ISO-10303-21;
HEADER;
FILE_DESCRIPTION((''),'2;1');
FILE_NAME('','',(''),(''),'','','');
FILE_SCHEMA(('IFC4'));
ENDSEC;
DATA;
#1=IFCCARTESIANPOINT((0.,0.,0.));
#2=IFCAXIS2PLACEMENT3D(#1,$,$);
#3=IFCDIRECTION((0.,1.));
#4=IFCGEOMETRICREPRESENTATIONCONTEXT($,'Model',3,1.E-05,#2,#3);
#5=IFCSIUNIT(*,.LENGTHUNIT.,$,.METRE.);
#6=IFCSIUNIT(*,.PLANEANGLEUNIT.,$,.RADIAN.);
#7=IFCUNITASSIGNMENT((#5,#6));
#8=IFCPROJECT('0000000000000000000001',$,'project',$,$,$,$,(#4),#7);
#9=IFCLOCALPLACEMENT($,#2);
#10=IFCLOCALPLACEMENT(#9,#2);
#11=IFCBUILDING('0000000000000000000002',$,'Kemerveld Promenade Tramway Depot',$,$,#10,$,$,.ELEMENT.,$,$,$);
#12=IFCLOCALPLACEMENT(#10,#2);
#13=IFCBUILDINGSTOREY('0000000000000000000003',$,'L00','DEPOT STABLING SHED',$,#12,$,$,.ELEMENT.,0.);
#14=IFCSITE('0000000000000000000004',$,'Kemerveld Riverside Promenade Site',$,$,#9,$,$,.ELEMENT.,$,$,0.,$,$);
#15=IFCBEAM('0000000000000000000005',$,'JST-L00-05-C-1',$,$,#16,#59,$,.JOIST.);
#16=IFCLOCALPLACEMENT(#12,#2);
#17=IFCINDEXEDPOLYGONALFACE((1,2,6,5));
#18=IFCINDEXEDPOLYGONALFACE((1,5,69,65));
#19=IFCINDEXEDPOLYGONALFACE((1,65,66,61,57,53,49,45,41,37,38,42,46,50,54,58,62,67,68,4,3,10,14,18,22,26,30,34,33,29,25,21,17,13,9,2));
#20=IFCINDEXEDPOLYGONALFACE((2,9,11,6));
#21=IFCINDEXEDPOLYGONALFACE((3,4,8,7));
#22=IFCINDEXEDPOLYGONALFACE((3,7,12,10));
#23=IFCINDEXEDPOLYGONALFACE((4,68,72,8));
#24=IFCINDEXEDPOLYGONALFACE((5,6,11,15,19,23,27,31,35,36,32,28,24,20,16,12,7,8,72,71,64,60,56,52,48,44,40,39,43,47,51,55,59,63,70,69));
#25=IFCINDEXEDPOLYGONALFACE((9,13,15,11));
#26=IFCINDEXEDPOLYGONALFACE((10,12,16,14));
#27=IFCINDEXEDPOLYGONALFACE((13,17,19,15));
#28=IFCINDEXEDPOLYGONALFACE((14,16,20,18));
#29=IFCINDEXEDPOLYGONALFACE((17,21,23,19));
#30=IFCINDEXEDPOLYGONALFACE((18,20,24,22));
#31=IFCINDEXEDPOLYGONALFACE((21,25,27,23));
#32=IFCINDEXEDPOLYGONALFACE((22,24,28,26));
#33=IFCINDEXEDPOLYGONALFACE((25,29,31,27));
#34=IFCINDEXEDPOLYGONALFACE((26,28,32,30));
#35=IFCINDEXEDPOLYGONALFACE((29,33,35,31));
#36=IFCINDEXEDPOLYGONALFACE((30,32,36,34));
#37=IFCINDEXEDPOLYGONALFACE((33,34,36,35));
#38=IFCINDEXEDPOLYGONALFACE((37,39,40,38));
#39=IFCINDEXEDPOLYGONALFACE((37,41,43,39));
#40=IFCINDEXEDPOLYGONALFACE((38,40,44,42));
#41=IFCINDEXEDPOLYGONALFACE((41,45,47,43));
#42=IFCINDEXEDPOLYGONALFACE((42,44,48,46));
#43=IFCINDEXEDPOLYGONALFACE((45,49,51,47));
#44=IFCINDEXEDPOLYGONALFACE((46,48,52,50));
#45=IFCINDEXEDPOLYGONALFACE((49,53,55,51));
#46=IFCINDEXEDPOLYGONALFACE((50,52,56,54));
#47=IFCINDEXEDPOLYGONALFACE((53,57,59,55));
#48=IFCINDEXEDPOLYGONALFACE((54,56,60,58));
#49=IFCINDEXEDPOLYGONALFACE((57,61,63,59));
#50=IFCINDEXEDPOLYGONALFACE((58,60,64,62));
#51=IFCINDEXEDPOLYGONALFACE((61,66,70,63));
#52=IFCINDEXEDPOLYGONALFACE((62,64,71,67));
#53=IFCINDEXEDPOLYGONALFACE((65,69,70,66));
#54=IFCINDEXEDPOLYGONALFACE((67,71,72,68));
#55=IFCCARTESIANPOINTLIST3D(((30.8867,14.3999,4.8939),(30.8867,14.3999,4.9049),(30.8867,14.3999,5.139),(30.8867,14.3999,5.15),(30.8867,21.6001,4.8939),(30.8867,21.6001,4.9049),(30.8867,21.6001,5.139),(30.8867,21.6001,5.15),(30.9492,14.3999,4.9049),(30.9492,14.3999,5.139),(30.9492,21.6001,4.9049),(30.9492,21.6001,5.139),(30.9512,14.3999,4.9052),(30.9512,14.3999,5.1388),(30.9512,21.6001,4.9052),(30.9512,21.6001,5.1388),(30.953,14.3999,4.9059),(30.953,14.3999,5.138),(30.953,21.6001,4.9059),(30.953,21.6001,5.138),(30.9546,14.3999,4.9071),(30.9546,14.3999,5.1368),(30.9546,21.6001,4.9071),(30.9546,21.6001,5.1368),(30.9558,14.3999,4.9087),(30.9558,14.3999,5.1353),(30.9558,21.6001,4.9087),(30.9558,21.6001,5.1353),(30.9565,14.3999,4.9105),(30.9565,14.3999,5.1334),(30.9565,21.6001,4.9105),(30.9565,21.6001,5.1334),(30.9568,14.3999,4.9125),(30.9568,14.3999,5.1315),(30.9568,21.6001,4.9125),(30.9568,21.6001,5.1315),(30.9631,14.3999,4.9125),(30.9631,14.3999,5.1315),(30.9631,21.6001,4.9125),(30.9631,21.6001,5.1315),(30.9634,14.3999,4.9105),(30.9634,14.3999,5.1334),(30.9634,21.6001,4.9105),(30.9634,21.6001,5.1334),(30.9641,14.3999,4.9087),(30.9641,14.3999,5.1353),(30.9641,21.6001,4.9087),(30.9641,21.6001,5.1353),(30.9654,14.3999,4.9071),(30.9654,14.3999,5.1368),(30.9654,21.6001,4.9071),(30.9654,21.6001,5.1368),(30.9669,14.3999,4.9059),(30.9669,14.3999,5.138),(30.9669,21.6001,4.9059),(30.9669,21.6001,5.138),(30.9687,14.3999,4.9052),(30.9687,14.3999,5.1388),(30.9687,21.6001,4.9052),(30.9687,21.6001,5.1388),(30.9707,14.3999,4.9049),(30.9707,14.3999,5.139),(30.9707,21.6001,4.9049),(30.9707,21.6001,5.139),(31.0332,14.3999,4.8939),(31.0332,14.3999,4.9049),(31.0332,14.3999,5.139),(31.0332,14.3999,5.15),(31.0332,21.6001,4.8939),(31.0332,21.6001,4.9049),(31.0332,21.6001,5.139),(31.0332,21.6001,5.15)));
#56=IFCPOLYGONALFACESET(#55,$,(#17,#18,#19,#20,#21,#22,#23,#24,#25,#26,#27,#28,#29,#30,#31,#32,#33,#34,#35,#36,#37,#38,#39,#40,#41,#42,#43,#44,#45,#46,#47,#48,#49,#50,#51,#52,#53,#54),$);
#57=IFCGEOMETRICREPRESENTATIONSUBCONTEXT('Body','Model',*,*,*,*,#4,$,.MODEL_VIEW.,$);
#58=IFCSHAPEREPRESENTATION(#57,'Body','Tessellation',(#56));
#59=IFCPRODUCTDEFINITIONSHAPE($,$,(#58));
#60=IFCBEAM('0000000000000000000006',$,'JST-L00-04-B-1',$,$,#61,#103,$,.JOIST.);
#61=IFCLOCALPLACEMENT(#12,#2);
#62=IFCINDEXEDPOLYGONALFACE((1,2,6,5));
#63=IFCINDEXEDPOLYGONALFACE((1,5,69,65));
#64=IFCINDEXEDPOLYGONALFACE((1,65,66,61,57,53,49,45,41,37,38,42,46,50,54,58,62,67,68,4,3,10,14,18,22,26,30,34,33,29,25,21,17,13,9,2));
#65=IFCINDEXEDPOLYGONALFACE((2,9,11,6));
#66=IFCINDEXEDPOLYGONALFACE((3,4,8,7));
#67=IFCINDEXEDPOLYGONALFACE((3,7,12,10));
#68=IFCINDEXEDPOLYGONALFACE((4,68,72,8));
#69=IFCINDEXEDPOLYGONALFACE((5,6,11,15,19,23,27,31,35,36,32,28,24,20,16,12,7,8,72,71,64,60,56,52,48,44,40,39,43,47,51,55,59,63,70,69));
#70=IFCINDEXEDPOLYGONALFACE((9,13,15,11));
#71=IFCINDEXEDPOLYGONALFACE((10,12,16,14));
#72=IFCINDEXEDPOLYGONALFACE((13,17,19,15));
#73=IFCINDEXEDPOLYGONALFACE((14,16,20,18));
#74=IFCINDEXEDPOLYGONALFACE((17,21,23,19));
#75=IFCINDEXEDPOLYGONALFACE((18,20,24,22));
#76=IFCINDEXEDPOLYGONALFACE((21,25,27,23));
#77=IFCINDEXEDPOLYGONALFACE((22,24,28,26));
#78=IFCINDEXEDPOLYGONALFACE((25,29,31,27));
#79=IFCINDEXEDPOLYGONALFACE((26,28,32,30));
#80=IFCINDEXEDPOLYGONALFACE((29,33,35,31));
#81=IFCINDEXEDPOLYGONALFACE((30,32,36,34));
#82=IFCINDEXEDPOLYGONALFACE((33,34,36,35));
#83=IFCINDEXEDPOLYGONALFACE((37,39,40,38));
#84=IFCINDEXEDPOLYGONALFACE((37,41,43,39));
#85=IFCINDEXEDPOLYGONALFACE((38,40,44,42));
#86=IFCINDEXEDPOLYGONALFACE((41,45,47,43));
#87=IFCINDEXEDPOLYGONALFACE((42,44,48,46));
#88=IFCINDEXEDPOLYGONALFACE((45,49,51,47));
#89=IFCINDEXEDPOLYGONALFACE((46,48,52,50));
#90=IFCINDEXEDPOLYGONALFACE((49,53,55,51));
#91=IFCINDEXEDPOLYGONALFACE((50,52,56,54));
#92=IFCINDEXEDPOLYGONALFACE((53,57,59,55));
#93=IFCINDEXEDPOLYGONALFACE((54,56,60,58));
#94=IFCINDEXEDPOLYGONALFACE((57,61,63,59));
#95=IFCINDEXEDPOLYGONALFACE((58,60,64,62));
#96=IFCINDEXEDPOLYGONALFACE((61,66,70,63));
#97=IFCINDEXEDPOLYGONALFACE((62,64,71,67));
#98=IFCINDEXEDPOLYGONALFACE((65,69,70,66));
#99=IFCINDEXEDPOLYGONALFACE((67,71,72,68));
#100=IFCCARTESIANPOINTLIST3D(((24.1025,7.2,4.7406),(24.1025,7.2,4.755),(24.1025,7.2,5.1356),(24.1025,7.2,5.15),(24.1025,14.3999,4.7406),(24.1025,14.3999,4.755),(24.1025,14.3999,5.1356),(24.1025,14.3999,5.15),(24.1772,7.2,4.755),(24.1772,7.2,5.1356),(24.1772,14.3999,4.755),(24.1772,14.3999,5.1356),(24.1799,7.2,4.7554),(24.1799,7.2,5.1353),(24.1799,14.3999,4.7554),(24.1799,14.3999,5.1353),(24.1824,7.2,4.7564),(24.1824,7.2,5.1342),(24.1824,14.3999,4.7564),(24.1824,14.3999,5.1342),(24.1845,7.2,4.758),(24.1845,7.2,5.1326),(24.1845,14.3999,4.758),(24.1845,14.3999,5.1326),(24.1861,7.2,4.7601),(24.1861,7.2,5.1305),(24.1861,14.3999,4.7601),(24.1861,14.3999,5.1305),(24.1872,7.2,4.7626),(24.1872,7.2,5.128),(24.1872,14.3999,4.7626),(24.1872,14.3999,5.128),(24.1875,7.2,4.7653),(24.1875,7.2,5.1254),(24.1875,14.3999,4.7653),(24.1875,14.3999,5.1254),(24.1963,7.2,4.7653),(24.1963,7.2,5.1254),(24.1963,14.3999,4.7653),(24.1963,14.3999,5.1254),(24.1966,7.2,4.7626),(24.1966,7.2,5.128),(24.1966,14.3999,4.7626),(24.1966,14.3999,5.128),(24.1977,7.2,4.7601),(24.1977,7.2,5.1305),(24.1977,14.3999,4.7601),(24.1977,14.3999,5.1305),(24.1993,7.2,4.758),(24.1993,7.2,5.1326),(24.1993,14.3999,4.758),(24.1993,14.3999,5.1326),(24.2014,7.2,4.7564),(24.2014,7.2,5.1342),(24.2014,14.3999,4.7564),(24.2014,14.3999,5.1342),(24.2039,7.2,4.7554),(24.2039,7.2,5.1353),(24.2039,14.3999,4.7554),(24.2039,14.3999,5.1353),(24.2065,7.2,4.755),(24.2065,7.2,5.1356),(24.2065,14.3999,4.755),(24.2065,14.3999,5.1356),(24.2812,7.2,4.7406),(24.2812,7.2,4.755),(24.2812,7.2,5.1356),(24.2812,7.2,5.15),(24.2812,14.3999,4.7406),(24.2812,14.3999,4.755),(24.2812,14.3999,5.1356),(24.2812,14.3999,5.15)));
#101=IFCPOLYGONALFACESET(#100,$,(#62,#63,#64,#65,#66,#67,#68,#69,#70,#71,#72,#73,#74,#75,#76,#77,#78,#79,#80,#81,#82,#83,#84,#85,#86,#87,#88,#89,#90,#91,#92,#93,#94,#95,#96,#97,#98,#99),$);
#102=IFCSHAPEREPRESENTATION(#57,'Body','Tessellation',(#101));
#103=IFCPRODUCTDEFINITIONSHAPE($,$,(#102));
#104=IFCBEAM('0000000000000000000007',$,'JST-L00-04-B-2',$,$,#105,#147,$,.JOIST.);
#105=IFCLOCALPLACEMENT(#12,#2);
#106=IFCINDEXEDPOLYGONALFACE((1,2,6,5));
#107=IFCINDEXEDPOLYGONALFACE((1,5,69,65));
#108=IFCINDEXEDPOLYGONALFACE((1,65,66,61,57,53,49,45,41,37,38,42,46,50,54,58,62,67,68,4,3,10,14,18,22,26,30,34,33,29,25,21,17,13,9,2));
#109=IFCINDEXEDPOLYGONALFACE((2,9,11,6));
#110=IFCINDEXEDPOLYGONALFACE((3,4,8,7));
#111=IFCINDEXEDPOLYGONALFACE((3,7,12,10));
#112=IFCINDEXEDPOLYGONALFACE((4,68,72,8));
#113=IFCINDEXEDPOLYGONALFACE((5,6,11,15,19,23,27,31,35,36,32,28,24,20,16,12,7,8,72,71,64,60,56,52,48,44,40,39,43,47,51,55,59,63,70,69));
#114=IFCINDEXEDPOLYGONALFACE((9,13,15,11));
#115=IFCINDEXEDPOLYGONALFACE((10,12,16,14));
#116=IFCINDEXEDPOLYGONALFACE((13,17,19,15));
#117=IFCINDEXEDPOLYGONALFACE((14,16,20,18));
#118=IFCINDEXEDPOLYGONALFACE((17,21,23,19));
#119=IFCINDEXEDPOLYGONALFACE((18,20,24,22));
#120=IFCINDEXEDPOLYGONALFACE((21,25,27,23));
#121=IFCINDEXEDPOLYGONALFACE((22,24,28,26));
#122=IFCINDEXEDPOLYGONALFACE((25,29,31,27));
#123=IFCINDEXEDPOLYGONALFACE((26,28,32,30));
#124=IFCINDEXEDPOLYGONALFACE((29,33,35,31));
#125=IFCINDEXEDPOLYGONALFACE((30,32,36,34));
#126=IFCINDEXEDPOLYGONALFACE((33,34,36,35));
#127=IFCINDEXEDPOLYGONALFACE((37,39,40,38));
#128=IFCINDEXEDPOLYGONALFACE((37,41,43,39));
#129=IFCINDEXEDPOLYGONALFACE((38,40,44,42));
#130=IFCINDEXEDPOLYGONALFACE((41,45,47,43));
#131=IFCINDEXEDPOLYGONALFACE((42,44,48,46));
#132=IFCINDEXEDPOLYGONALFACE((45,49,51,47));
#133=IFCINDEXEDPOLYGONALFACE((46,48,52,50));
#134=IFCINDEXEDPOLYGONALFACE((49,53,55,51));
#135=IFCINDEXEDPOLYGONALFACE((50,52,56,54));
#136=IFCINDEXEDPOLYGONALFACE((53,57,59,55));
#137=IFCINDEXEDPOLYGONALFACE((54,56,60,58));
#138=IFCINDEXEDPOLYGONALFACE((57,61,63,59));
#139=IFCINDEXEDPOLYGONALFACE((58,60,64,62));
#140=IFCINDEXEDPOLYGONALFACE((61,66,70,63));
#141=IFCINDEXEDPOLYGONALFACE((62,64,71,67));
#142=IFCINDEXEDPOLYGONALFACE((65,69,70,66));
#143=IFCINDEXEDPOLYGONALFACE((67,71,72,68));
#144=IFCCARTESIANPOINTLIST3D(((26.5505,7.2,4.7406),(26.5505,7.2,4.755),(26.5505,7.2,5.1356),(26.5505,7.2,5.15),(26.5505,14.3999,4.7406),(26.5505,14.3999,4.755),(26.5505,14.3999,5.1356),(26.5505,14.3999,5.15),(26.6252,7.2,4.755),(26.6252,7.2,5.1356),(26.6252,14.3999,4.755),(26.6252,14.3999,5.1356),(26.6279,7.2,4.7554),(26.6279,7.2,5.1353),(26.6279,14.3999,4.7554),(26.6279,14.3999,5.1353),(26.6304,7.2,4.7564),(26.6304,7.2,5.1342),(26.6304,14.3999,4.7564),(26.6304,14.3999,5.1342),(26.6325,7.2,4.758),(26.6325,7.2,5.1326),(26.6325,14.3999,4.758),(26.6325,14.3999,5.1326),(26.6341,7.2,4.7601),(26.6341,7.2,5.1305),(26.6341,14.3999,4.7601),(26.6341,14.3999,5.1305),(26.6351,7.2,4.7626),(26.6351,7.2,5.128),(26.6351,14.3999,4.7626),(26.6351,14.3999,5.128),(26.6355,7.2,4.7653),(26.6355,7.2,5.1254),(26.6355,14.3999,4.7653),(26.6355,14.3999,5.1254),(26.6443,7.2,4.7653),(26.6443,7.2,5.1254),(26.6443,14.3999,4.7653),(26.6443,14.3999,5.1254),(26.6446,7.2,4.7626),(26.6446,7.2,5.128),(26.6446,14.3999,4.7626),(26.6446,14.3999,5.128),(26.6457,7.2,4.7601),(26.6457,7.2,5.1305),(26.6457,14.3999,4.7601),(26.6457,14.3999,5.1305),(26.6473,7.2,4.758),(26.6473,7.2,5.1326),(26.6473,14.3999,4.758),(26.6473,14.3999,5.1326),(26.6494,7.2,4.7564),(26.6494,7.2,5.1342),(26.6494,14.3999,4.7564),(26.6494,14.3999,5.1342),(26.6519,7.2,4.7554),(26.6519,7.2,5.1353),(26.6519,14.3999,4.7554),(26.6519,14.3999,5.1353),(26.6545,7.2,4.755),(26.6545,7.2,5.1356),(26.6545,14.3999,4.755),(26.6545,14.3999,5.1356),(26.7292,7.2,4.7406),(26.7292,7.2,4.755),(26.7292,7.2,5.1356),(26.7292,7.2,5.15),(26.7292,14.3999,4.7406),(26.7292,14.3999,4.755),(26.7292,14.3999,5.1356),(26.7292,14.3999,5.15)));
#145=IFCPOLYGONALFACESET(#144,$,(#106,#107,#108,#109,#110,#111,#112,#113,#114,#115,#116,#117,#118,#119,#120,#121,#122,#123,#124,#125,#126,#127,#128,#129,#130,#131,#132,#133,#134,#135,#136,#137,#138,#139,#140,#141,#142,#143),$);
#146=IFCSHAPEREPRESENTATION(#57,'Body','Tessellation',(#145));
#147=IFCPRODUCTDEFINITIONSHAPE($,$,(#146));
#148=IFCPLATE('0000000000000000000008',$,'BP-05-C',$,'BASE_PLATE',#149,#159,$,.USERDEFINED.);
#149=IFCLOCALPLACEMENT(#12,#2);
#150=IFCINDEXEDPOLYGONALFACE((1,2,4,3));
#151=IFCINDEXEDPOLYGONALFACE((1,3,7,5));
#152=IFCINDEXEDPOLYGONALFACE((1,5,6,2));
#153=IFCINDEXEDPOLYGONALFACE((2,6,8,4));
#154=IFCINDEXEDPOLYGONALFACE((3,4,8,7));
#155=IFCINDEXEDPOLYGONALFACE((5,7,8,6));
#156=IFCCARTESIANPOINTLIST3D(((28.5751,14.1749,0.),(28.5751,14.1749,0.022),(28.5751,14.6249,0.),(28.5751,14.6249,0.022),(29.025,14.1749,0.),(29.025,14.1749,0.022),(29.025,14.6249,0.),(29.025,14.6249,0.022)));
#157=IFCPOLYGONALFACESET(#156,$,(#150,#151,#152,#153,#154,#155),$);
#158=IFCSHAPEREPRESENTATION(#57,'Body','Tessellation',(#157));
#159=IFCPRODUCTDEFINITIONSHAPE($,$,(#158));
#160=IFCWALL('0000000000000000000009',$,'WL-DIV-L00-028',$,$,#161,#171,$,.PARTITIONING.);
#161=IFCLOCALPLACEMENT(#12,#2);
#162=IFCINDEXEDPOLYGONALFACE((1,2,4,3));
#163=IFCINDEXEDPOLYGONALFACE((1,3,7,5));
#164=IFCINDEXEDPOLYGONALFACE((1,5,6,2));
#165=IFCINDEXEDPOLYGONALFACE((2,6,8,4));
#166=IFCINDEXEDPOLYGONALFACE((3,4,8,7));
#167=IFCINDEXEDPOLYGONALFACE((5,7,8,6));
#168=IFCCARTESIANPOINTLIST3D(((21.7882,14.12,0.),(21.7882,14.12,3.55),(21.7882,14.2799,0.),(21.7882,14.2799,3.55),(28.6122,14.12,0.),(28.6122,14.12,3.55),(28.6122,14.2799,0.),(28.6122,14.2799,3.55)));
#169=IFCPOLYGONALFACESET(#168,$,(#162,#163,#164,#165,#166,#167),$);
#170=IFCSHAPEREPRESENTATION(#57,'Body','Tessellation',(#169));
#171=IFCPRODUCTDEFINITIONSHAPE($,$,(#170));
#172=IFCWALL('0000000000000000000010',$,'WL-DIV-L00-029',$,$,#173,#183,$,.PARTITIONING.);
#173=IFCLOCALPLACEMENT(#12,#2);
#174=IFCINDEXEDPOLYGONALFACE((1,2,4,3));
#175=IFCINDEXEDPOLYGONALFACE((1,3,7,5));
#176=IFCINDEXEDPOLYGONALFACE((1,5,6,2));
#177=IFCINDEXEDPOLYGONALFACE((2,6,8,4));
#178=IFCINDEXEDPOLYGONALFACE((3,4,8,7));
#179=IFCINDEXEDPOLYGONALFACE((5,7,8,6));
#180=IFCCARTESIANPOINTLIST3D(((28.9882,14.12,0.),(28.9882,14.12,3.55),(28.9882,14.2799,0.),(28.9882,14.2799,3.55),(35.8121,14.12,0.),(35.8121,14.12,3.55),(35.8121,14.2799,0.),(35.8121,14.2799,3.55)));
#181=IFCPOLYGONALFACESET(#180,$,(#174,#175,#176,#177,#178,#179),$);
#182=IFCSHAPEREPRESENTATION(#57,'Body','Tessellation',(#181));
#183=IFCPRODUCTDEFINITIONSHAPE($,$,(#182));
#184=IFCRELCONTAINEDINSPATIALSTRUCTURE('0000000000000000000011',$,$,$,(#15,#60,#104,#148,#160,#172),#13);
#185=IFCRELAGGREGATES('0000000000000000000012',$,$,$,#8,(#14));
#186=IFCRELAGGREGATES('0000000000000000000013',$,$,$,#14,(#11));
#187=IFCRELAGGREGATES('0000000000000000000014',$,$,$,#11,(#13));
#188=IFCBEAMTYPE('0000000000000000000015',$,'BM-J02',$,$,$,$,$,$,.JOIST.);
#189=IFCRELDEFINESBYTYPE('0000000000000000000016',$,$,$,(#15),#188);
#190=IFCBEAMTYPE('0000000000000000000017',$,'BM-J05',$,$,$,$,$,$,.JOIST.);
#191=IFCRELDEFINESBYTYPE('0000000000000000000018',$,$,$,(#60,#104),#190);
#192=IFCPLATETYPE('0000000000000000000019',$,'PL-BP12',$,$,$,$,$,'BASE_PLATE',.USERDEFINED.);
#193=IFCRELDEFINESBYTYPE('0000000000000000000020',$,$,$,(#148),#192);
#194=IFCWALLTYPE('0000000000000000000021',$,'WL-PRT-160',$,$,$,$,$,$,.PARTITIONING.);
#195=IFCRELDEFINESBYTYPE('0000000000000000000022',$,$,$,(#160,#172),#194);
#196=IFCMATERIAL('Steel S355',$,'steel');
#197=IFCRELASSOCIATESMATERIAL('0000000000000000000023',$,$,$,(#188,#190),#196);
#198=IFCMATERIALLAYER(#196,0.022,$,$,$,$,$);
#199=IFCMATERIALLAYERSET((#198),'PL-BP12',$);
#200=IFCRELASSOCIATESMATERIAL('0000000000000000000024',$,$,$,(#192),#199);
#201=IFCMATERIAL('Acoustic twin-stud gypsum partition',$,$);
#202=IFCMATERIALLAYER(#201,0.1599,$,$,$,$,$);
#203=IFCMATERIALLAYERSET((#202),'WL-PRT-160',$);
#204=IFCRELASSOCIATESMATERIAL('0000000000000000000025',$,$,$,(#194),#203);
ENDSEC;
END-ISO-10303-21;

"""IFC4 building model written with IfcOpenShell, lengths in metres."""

from ifc_helpers import new_model, si_unit, direction, frame, frame_2d, origin, origin_2d, place, context, subcontext, project, spatial, rectangle, i_section, extrude, material, layer, layer_set, material_profile, profile_set, type_object, element, save


model = new_model("IFC4")

# Units and contexts
model_context = context("Model", 3, precision=1e-05, world=origin(), true_north=direction((0.0, 1.0)))
body_context = subcontext(model_context, "Body", "Model", "MODEL_VIEW")
ifc_project = project(units=[si_unit("LENGTHUNIT", "METRE"), si_unit("PLANEANGLEUNIT", "RADIAN")], contexts=[model_context])

# Site, building, storey
site_placement = place(None, origin())
site = spatial("IfcSite", under=ifc_project, at=site_placement, Name="Kemerveld Riverside Promenade Site", CompositionType="ELEMENT", RefElevation=0.0)
building_placement = place(site_placement, origin())
building = spatial("IfcBuilding", under=site, at=building_placement, Name="Kemerveld Promenade Tramway Depot", CompositionType="ELEMENT")
storey_placement = place(building_placement, origin())
storey = spatial("IfcBuildingStorey", under=building, at=storey_placement, Name="L00", Description="DEPOT STABLING SHED", CompositionType="ELEMENT", Elevation=0.0)

# Shared definitions
ifc_material_1 = material(Name="Steel S355", Category="steel")

# Beams
ifc_material_profile_1 = material_profile(ifc_material_1, i_section(OverallWidth=0.1465, OverallDepth=0.2561, WebThickness=0.0063, FlangeThickness=0.011, FilletRadius=0.0076, at=origin_2d()), Name="254x146x37 UB")
ifc_profile_set_1 = profile_set([ifc_material_profile_1], Name="Steel S355")
beam_type_1 = type_object("IfcBeamType", Name="BM-J02", PredefinedType="JOIST", material=ifc_profile_set_1)
beam_1_placement = place(storey_placement, frame((30.96, 14.3999, 5.022), z_axis=(0.0, 1.0, 0.0), x_axis=(-1.0, 0.0, 0.0)))
element("IfcBeam", 1, at=beam_1_placement, inside=storey, type_object=beam_type_1, Name="JST-L00-05-C-1", PredefinedType="JOIST", context=body_context, shape_type="SweptSolid", body=[
    extrude(i_section(OverallWidth=0.1465, OverallDepth=0.2561, WebThickness=0.0063, FlangeThickness=0.011, FilletRadius=0.0076, at=origin_2d()), origin(), (0.0, 0.0, 1.0), 7.2002),
])
ifc_material_profile_2 = material_profile(ifc_material_1, i_section(OverallWidth=0.1787, OverallDepth=0.4094, WebThickness=0.0088, FlangeThickness=0.0144, FilletRadius=0.0103, at=origin_2d()), Name="406x178x67 UB")
ifc_profile_set_2 = profile_set([ifc_material_profile_2], Name="Steel S355")
beam_type_2 = type_object("IfcBeamType", Name="BM-J05", PredefinedType="JOIST", material=ifc_profile_set_2)
for number, where, z_axis, x_axis, name in (
    (2, (24.1919, 7.2, 4.9453), (0.0, 1.0, 0.0), (-1.0, 0.0, 0.0), "JST-L00-04-B-1"),
    (3, (26.6399, 7.2, 4.9453), (0.0, 1.0, 0.0), (-1.0, 0.0, 0.0), "JST-L00-04-B-2"),
):
    element("IfcBeam", number, at=place(storey_placement, frame(where, z_axis=z_axis, x_axis=x_axis)), inside=storey, type_object=beam_type_2, Name=name, PredefinedType="JOIST", context=body_context, shape_type="SweptSolid", body=[
        extrude(i_section(OverallWidth=0.1787, OverallDepth=0.4094, WebThickness=0.0088, FlangeThickness=0.0144, FilletRadius=0.0103, at=origin_2d()), origin(), (0.0, 0.0, 1.0), 7.2),
    ])

# Plate
ifc_layer_1 = layer(ifc_material_1, 0.022)
ifc_layer_set_1 = layer_set([ifc_layer_1], Name="PL-BP12")
plate_type = type_object("IfcPlateType", Name="PL-BP12", ElementType="BASE_PLATE", PredefinedType="USERDEFINED", material=ifc_layer_set_1)
plate_placement = place(storey_placement, frame((28.8, 14.3999, 0.0), z_axis=(0.0, 0.0, 1.0), x_axis=(1.0, 0.0, 0.0)))
element("IfcPlate", 4, at=plate_placement, inside=storey, type_object=plate_type, Name="BP-05-C", ObjectType="BASE_PLATE", PredefinedType="USERDEFINED", context=body_context, shape_type="SweptSolid", body=[
    extrude(rectangle(XDim=0.45, YDim=0.45, at=origin_2d()), origin(), (0.0, 0.0, 1.0), 0.022),
])

# Walls
ifc_material_2 = material(Name="Acoustic twin-stud gypsum partition")
ifc_layer_2 = layer(ifc_material_2, 0.1599)
ifc_layer_set_2 = layer_set([ifc_layer_2], Name="WL-PRT-160")
wall_type = type_object("IfcWallType", Name="WL-PRT-160", PredefinedType="PARTITIONING", material=ifc_layer_set_2)
for number, where, z_axis, x_axis, name in (
    (5, (21.7881, 14.2, 0.0), (0.0, 0.0, 1.0), (1.0, 0.0, 0.0), "WL-DIV-L00-028"),
    (6, (28.988, 14.2, 0.0), (0.0, 0.0, 1.0), (1.0, 0.0, 0.0), "WL-DIV-L00-029"),
):
    element("IfcWall", number, at=place(storey_placement, frame(where, z_axis=z_axis, x_axis=x_axis)), inside=storey, type_object=wall_type, Name=name, PredefinedType="PARTITIONING", context=body_context, shape_type="SweptSolid", body=[
        extrude(rectangle(XDim=6.824, YDim=0.1599, at=frame_2d((3.4121, 0.0))), origin(), (0.0, 0.0, 1.0), 3.55),
    ])

save(model, "model.ifc")
